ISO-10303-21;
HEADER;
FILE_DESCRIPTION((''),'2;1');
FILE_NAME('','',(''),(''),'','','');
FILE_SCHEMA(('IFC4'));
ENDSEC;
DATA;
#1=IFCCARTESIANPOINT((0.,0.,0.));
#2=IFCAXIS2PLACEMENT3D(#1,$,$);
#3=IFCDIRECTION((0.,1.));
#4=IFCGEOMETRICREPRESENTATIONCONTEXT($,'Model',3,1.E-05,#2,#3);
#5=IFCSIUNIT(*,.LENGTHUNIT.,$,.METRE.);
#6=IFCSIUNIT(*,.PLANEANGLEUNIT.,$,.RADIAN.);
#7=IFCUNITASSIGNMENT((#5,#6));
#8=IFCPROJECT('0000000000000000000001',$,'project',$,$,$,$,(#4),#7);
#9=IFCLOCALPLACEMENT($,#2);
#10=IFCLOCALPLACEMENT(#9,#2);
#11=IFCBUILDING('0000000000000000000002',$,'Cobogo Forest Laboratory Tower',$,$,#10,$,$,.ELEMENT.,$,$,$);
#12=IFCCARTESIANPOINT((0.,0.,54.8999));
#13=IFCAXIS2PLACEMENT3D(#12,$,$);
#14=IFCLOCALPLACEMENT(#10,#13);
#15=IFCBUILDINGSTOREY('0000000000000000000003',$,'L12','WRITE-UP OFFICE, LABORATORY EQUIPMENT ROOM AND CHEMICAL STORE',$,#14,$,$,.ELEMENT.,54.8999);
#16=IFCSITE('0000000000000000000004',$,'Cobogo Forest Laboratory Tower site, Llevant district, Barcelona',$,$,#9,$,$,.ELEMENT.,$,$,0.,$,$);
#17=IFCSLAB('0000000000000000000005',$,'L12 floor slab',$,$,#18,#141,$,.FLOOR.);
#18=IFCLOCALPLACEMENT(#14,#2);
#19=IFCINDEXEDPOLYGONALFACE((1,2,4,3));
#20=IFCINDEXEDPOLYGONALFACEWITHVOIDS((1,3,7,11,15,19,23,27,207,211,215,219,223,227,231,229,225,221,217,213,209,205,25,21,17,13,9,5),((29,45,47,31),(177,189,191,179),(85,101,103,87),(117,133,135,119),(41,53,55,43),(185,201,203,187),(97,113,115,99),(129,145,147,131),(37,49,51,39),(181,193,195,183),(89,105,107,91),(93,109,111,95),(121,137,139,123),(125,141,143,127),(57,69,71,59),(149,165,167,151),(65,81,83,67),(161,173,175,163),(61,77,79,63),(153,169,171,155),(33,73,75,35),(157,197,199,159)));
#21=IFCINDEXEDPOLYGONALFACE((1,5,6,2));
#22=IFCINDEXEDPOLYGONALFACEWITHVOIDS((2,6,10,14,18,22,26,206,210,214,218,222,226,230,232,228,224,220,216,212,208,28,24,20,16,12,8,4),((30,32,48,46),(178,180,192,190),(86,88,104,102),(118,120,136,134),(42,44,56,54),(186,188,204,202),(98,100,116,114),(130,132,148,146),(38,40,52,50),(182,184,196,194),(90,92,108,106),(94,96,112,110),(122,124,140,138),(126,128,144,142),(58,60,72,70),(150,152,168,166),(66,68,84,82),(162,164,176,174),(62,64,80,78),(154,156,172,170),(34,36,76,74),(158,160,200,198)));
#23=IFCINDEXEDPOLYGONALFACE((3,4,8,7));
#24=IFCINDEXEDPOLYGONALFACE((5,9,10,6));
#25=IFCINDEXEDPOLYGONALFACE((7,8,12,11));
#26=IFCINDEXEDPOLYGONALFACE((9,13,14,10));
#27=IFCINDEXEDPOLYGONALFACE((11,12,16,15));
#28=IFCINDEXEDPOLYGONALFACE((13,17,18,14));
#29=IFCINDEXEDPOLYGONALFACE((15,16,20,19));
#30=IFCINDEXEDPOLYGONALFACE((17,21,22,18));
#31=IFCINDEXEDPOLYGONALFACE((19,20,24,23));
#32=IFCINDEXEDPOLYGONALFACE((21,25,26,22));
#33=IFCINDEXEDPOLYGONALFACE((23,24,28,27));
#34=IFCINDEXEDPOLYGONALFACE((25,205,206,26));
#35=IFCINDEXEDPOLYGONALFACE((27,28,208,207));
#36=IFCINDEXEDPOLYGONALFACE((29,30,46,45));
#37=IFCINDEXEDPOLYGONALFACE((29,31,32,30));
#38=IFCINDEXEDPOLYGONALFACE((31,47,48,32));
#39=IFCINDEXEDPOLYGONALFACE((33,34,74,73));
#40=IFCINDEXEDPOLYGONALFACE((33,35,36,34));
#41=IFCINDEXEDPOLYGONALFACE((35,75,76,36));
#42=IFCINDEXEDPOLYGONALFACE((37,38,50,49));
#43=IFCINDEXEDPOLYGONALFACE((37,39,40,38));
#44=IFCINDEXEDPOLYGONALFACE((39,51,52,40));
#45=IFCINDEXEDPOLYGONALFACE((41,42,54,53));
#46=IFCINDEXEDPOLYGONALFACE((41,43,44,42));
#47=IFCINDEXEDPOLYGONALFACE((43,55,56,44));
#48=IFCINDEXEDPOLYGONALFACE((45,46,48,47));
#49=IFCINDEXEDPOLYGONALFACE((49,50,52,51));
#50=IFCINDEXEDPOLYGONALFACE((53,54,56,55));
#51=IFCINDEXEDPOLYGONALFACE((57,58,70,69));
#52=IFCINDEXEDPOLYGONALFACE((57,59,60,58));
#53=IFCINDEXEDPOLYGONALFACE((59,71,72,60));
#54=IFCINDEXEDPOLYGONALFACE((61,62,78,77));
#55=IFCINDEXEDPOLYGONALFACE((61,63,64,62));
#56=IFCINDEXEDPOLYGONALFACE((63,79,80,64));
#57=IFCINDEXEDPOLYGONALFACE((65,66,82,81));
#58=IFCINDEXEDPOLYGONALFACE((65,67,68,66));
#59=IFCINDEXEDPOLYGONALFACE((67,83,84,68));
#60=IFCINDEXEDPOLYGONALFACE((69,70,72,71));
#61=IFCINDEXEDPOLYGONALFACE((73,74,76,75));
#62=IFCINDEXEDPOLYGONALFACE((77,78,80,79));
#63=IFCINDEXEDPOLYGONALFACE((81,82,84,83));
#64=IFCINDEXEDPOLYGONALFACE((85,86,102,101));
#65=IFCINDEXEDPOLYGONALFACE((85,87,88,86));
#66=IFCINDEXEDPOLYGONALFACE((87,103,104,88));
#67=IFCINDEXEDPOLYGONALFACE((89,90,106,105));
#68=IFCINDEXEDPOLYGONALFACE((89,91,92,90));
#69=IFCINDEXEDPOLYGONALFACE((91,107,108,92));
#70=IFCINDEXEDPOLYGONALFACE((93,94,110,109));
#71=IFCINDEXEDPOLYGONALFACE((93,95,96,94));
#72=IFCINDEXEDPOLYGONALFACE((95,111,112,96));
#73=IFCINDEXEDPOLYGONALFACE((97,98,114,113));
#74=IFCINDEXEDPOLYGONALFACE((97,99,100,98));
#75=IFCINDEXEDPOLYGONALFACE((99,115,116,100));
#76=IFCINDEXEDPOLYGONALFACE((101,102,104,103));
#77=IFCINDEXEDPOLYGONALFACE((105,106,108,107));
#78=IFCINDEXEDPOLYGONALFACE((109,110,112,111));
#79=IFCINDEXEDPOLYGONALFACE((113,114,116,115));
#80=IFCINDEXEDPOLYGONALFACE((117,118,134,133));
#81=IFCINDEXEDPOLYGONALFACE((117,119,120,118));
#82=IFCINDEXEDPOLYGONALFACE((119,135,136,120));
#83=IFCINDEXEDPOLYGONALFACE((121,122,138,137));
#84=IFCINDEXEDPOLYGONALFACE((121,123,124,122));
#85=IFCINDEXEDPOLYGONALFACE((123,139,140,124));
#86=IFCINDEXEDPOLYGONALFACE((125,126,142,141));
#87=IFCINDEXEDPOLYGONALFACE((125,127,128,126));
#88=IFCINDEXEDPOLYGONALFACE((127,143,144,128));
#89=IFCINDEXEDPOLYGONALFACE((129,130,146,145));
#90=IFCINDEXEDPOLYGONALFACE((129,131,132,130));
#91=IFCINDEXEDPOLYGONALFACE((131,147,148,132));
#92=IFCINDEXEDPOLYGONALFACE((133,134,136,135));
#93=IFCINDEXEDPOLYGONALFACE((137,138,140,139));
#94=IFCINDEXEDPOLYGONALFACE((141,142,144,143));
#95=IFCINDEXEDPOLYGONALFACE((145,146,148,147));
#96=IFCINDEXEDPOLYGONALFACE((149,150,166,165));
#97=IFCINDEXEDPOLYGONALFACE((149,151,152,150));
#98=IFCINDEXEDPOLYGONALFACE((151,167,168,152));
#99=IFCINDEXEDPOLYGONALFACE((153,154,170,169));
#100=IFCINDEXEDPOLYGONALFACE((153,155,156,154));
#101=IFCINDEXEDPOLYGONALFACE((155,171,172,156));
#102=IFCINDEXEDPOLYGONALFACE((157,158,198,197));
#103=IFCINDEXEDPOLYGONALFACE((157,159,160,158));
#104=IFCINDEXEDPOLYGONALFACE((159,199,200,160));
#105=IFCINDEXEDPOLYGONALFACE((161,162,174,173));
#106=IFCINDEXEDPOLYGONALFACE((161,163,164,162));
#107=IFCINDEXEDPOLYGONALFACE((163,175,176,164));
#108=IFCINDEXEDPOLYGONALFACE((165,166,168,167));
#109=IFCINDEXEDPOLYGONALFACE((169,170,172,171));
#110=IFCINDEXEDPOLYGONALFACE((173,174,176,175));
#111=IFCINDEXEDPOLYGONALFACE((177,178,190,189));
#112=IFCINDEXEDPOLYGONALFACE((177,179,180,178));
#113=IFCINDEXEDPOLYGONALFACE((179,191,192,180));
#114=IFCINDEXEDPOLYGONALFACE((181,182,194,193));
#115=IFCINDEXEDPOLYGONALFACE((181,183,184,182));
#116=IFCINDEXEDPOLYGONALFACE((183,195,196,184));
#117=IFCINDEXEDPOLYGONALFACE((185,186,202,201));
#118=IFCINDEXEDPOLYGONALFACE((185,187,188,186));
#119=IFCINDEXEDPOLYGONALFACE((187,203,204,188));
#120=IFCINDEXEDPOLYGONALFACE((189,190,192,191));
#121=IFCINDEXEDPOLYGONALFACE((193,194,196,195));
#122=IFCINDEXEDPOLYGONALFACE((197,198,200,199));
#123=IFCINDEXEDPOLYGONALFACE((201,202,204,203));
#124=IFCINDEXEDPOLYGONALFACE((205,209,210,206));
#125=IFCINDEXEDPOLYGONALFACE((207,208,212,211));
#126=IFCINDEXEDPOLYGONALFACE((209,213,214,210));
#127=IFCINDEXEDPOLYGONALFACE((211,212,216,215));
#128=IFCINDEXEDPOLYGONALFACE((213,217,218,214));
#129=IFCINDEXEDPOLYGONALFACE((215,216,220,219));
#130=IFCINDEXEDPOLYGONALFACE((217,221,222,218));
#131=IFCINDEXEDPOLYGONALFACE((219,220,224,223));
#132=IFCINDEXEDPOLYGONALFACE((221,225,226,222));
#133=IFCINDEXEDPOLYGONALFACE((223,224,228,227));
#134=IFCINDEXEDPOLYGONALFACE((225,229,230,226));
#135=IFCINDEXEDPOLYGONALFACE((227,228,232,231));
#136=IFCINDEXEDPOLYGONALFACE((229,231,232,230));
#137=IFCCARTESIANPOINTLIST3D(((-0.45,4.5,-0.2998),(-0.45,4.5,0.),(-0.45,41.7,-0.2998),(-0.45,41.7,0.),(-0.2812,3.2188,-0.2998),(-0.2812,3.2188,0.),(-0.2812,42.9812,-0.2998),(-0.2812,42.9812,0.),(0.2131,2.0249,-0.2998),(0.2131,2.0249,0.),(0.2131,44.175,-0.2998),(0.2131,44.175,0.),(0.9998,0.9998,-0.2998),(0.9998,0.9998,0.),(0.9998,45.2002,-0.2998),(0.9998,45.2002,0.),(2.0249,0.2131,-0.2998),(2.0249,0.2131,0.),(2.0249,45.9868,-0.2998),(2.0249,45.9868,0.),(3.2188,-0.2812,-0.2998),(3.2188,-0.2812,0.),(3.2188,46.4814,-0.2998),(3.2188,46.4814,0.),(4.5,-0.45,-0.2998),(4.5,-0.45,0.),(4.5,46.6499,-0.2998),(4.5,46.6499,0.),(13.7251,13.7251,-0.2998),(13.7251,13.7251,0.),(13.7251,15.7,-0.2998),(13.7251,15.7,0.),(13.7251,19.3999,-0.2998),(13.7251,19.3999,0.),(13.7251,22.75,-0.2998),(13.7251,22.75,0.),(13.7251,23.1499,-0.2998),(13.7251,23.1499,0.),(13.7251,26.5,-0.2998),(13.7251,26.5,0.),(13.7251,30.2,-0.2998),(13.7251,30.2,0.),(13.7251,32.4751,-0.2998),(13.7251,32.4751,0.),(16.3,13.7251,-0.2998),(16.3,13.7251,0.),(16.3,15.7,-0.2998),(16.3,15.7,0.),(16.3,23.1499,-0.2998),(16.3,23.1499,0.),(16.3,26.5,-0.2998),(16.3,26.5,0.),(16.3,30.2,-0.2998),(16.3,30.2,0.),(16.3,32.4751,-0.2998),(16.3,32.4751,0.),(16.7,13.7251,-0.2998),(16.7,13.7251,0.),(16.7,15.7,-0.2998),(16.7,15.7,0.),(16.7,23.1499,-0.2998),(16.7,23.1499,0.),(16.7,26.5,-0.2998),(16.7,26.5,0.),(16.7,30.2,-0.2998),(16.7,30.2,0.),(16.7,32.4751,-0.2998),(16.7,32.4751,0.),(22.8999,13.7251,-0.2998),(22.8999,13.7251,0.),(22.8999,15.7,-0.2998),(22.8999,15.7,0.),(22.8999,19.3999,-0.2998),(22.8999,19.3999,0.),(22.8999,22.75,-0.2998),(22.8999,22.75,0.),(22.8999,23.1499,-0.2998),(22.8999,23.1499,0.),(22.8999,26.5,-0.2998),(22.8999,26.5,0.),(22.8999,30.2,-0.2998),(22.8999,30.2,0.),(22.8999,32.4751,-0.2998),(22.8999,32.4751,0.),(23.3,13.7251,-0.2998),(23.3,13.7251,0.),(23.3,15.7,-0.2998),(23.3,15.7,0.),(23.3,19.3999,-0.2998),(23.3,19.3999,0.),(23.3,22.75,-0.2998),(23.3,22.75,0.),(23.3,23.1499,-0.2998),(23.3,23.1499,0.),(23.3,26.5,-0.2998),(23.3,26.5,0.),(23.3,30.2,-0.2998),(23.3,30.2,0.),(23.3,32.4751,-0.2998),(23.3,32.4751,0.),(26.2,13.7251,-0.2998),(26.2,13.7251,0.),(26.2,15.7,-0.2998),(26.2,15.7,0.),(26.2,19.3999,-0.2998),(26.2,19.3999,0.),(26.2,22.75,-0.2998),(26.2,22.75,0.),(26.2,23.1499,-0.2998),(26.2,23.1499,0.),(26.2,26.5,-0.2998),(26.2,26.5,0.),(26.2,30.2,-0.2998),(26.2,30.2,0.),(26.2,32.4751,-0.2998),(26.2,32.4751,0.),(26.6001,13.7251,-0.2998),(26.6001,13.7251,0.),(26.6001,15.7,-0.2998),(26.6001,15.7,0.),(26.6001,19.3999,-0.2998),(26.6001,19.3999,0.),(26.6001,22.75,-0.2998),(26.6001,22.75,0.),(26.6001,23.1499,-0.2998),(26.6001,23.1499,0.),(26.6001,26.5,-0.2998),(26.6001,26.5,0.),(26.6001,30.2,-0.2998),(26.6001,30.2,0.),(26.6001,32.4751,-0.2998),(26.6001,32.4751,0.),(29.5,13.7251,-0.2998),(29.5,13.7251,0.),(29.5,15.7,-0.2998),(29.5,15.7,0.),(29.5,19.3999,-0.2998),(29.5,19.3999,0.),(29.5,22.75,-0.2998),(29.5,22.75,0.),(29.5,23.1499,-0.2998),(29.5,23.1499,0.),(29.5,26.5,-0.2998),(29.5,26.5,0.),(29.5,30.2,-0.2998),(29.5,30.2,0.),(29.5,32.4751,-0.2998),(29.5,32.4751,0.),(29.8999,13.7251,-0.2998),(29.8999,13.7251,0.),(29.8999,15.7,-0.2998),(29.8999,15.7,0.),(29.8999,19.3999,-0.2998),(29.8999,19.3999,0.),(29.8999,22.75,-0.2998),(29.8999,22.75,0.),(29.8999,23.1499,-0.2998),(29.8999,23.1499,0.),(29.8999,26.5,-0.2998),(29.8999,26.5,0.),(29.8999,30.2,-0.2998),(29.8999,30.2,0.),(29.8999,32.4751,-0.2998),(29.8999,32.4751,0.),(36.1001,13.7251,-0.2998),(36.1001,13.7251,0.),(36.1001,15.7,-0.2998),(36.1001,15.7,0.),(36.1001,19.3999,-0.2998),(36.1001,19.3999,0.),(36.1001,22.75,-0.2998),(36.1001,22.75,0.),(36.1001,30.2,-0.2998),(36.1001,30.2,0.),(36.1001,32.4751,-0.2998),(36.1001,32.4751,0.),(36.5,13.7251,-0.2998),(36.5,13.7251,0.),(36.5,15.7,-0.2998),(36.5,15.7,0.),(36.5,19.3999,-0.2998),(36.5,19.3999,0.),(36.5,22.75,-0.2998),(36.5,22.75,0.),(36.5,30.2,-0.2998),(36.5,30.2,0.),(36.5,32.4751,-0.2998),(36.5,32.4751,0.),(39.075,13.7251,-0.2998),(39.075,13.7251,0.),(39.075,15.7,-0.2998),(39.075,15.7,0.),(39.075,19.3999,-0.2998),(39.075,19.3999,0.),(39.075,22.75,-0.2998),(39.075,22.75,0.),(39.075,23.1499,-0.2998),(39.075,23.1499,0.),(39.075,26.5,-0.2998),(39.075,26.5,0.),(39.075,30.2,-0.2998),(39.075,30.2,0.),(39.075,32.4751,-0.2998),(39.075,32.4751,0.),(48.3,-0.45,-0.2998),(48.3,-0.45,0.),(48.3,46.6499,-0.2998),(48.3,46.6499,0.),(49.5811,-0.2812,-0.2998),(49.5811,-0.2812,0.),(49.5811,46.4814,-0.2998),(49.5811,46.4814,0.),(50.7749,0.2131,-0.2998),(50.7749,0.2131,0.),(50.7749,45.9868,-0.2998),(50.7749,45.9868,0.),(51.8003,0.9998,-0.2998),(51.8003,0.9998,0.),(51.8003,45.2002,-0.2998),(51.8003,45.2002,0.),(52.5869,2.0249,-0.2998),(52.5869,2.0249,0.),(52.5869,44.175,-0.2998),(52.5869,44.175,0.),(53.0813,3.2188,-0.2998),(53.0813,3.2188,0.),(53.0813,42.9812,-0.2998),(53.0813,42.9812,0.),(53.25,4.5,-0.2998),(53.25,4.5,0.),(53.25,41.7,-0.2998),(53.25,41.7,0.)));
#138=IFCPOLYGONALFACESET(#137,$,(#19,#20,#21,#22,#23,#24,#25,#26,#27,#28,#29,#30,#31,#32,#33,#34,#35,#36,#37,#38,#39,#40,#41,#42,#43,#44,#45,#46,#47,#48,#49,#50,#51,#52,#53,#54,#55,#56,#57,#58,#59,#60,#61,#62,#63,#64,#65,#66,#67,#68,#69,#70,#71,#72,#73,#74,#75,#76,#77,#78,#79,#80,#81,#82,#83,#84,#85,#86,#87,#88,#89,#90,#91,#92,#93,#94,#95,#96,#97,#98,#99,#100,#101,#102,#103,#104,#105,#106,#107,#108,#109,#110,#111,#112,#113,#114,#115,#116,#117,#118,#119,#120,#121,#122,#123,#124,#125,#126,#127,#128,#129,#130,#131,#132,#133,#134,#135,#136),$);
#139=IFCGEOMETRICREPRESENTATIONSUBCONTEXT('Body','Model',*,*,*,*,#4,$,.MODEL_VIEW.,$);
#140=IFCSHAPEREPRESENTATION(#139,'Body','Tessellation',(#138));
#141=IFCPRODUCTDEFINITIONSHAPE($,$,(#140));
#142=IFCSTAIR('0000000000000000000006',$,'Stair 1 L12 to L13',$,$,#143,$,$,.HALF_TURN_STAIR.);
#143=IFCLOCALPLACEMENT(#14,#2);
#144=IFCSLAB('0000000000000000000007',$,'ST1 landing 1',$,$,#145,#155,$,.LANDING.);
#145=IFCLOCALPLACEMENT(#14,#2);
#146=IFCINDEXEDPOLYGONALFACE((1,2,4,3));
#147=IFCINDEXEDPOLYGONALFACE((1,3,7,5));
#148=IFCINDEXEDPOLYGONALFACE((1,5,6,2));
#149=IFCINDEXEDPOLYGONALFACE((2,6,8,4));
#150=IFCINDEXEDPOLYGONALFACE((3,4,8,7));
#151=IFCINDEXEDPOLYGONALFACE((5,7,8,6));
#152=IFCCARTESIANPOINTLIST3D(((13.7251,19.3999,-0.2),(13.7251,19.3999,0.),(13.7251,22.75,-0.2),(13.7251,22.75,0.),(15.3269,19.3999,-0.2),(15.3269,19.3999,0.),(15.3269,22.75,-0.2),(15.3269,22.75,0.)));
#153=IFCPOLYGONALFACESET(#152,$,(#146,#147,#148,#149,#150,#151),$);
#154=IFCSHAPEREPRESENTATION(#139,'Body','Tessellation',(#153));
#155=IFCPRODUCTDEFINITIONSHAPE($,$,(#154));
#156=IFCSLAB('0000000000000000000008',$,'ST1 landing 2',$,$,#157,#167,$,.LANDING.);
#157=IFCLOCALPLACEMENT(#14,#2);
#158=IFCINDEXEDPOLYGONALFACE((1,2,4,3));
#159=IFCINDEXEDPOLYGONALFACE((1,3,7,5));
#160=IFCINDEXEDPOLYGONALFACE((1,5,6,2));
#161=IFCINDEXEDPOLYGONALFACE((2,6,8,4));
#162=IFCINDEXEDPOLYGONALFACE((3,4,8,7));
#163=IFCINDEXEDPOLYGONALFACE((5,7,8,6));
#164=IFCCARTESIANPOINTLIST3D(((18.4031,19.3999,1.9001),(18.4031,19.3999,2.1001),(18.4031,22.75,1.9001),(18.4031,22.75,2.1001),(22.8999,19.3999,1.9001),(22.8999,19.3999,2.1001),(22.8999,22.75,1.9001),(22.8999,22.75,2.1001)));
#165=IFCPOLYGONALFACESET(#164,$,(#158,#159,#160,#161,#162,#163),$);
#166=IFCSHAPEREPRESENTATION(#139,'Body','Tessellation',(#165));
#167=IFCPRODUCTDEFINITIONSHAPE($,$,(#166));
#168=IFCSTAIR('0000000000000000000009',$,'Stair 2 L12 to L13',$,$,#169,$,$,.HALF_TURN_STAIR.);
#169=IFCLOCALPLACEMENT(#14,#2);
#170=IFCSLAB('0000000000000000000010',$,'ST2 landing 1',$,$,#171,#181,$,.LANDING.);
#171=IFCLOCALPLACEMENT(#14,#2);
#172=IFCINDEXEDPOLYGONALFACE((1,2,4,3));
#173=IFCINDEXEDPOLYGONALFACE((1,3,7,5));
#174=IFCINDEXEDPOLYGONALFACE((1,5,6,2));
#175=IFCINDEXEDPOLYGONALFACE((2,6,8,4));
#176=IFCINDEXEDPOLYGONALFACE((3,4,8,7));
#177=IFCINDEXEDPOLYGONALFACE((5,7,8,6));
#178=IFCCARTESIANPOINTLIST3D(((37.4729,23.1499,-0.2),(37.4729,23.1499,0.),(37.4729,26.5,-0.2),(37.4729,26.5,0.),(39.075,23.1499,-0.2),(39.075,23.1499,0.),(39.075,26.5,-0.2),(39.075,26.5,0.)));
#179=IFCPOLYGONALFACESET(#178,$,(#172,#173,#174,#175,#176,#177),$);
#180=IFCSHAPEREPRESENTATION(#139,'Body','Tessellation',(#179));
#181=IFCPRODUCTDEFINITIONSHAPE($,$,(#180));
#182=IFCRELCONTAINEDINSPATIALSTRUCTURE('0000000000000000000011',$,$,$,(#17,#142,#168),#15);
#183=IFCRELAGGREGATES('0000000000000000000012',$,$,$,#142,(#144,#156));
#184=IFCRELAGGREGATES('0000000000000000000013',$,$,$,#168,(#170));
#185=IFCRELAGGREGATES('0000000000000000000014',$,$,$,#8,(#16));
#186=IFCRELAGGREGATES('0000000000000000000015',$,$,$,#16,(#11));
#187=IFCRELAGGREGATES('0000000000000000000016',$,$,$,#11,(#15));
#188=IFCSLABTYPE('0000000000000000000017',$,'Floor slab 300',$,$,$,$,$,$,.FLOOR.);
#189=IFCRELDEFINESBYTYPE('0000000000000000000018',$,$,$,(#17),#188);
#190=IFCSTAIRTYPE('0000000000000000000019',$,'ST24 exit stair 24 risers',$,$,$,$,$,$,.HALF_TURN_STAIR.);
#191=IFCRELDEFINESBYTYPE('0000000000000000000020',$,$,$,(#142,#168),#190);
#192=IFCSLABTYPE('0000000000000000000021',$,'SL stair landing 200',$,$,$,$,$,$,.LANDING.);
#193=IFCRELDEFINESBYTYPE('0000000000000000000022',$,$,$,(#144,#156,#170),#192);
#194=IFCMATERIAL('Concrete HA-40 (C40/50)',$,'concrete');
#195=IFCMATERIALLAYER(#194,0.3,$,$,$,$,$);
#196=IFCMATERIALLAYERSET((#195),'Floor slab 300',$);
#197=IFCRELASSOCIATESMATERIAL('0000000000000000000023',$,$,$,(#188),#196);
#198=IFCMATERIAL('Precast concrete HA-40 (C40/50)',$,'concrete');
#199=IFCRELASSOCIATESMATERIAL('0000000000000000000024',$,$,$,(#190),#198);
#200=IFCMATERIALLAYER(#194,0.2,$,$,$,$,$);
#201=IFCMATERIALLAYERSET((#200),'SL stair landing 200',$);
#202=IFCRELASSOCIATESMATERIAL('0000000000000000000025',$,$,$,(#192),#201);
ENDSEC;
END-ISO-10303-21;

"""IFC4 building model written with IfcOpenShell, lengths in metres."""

from ifc_helpers import new_model, si_unit, direction, frame, origin, place, context, subcontext, project, spatial, polyline, outline, extrude, material, layer, layer_set, type_object, element, aggregate, save


model = new_model("IFC4")

# Units and contexts
model_context = context("Model", 3, precision=1e-05, world=origin(), true_north=direction((0.0, 1.0)))
body_context = subcontext(model_context, "Body", "Model", "MODEL_VIEW")
ifc_project = project(units=[si_unit("LENGTHUNIT", "METRE"), si_unit("PLANEANGLEUNIT", "RADIAN")], contexts=[model_context])

# Site, building, storey
site_placement = place(None, origin())
site = spatial("IfcSite", under=ifc_project, at=site_placement, Name="Cobogo Forest Laboratory Tower site, Llevant district, Barcelona", CompositionType="ELEMENT", RefElevation=0.0)
building_placement = place(site_placement, origin())
building = spatial("IfcBuilding", under=site, at=building_placement, Name="Cobogo Forest Laboratory Tower", CompositionType="ELEMENT")
storey_placement = place(building_placement, frame((0.0, 0.0, 54.8999)))
storey = spatial("IfcBuildingStorey", under=building, at=storey_placement, Name="L12", Description="WRITE-UP OFFICE, LABORATORY EQUIPMENT ROOM AND CHEMICAL STORE", CompositionType="ELEMENT", Elevation=54.8999)

# Slab
ifc_material_1 = material(Name="Concrete HA-40 (C40/50)", Category="concrete")
ifc_layer_1 = layer(ifc_material_1, 0.3)
ifc_layer_set_1 = layer_set([ifc_layer_1], Name="Floor slab 300")
slab_type_1 = type_object("IfcSlabType", Name="Floor slab 300", PredefinedType="FLOOR", material=ifc_layer_set_1)
slab_1_placement = place(storey_placement, frame((0.0, 0.0, -0.2998)))
element("IfcSlab", 1, at=slab_1_placement, inside=storey, type_object=slab_type_1, Name="L12 floor slab", PredefinedType="FLOOR", context=body_context, shape_type="SweptSolid", body=[
    extrude(outline(polyline([(48.3, -0.45), (49.5811, -0.2812), (50.7749, 0.2131), (51.8003, 0.9998), (52.5869, 2.0249), (53.0813, 3.2188), (53.25, 4.5), (53.25, 41.7), (53.0813, 42.9812), (52.5869, 44.175), (51.8003, 45.2002), (50.7749, 45.9868), (49.5811, 46.4814), (48.3, 46.6499), (4.5, 46.6499), (3.2188, 46.4814), (2.0249, 45.9868), (0.9998, 45.2002), (0.2131, 44.175), (-0.2812, 42.9812), (-0.45, 41.7), (-0.45, 4.5), (-0.2812, 3.2188), (0.2131, 2.0249), (0.9998, 0.9998), (2.0249, 0.2131), (3.2188, -0.2812), (4.5, -0.45), (48.3, -0.45)]), holes=[polyline([(16.3, 13.7251), (13.7251, 13.7251), (13.7251, 15.7), (16.3, 15.7), (16.3, 13.7251)]), polyline([(22.8999, 15.7), (22.8999, 13.7251), (16.7, 13.7251), (16.7, 15.7), (22.8999, 15.7)]), polyline([(23.3, 13.7251), (23.3, 15.7), (26.2, 15.7), (26.2, 13.7251), (23.3, 13.7251)]), polyline([(29.5, 13.7251), (26.6001, 13.7251), (26.6001, 15.7), (29.5, 15.7), (29.5, 13.7251)]), polyline([(36.1001, 15.7), (36.1001, 13.7251), (29.8999, 13.7251), (29.8999, 15.7), (36.1001, 15.7)]), polyline([(36.5, 13.7251), (36.5, 15.7), (39.075, 15.7), (39.075, 13.7251), (36.5, 13.7251)]), polyline([(13.7251, 19.3999), (13.7251, 22.75), (22.8999, 22.75), (22.8999, 19.3999), (13.7251, 19.3999)]), polyline([(23.3, 19.3999), (23.3, 22.75), (26.2, 22.75), (26.2, 19.3999), (23.3, 19.3999)]), polyline([(26.6001, 19.3999), (26.6001, 22.75), (29.5, 22.75), (29.5, 19.3999), (26.6001, 19.3999)]), polyline([(36.1001, 22.75), (36.1001, 19.3999), (29.8999, 19.3999), (29.8999, 22.75), (36.1001, 22.75)]), polyline([(39.075, 19.3999), (36.5, 19.3999), (36.5, 22.75), (39.075, 22.75), (39.075, 19.3999)]), polyline([(13.7251, 23.1499), (13.7251, 26.5), (16.3, 26.5), (16.3, 23.1499), (13.7251, 23.1499)]), polyline([(22.8999, 26.5), (22.8999, 23.1499), (16.7, 23.1499), (16.7, 26.5), (22.8999, 26.5)]), polyline([(23.3, 23.1499), (23.3, 26.5), (26.2, 26.5), (26.2, 23.1499), (23.3, 23.1499)]), polyline([(26.6001, 23.1499), (26.6001, 26.5), (29.5, 26.5), (29.5, 23.1499), (26.6001, 23.1499)]), polyline([(29.8999, 23.1499), (29.8999, 26.5), (39.075, 26.5), (39.075, 23.1499), (29.8999, 23.1499)]), polyline([(13.7251, 30.2), (13.7251, 32.4751), (16.3, 32.4751), (16.3, 30.2), (13.7251, 30.2)]), polyline([(22.8999, 32.4751), (22.8999, 30.2), (16.7, 30.2), (16.7, 32.4751), (22.8999, 32.4751)]), polyline([(23.3, 30.2), (23.3, 32.4751), (26.2, 32.4751), (26.2, 30.2), (23.3, 30.2)]), polyline([(26.6001, 30.2), (26.6001, 32.4751), (29.5, 32.4751), (29.5, 30.2), (26.6001, 30.2)]), polyline([(36.1001, 32.4751), (36.1001, 30.2), (29.8999, 30.2), (29.8999, 32.4751), (36.1001, 32.4751)]), polyline([(36.5, 30.2), (36.5, 32.4751), (39.075, 32.4751), (39.075, 30.2), (36.5, 30.2)])]), origin(), (0.0, 0.0, 1.0), 0.2998),
])

# Stairs, slabs
ifc_material_2 = material(Name="Precast concrete HA-40 (C40/50)", Category="concrete")
stair_type = type_object("IfcStairType", Name="ST24 exit stair 24 risers", PredefinedType="HALF_TURN_STAIR", material=ifc_material_2)
stair_1_placement = place(storey_placement, origin())
stair_1 = element("IfcStair", 2, at=stair_1_placement, inside=storey, type_object=stair_type, Name="Stair 1 L12 to L13", PredefinedType="HALF_TURN_STAIR")
ifc_layer_2 = layer(ifc_material_1, 0.2)
ifc_layer_set_2 = layer_set([ifc_layer_2], Name="SL stair landing 200")
slab_type_2 = type_object("IfcSlabType", Name="SL stair landing 200", PredefinedType="LANDING", material=ifc_layer_set_2)
slab_2_placement = place(storey_placement, frame((0.0, 0.0, -0.2)))
slab_2 = element("IfcSlab", 3, at=slab_2_placement, type_object=slab_type_2, Name="ST1 landing 1", PredefinedType="LANDING", context=body_context, shape_type="SweptSolid", body=[
    extrude(outline(polyline([(13.7251, 19.3999), (15.3269, 19.3999), (15.3269, 22.75), (13.7251, 22.75), (13.7251, 19.3999)])), origin(), (0.0, 0.0, 1.0), 0.2),
])
slab_3_placement = place(storey_placement, frame((0.0, 0.0, 1.9001)))
slab_3 = element("IfcSlab", 4, at=slab_3_placement, type_object=slab_type_2, Name="ST1 landing 2", PredefinedType="LANDING", context=body_context, shape_type="SweptSolid", body=[
    extrude(outline(polyline([(18.4031, 19.3999), (22.8999, 19.3999), (22.8999, 22.75), (18.4031, 22.75), (18.4031, 19.3999)])), origin(), (0.0, 0.0, 1.0), 0.2),
])
aggregate(stair_1, [slab_2, slab_3])
stair_2_placement = place(storey_placement, origin())
stair_2 = element("IfcStair", 5, at=stair_2_placement, inside=storey, type_object=stair_type, Name="Stair 2 L12 to L13", PredefinedType="HALF_TURN_STAIR")
slab_4_placement = place(storey_placement, frame((0.0, 0.0, -0.2)))
slab_4 = element("IfcSlab", 6, at=slab_4_placement, type_object=slab_type_2, Name="ST2 landing 1", PredefinedType="LANDING", context=body_context, shape_type="SweptSolid", body=[
    extrude(outline(polyline([(37.4729, 23.1499), (39.075, 23.1499), (39.075, 26.5), (37.4729, 26.5), (37.4729, 23.1499)])), origin(), (0.0, 0.0, 1.0), 0.2),
])
aggregate(stair_2, [slab_4])

save(model, "model.ifc")
